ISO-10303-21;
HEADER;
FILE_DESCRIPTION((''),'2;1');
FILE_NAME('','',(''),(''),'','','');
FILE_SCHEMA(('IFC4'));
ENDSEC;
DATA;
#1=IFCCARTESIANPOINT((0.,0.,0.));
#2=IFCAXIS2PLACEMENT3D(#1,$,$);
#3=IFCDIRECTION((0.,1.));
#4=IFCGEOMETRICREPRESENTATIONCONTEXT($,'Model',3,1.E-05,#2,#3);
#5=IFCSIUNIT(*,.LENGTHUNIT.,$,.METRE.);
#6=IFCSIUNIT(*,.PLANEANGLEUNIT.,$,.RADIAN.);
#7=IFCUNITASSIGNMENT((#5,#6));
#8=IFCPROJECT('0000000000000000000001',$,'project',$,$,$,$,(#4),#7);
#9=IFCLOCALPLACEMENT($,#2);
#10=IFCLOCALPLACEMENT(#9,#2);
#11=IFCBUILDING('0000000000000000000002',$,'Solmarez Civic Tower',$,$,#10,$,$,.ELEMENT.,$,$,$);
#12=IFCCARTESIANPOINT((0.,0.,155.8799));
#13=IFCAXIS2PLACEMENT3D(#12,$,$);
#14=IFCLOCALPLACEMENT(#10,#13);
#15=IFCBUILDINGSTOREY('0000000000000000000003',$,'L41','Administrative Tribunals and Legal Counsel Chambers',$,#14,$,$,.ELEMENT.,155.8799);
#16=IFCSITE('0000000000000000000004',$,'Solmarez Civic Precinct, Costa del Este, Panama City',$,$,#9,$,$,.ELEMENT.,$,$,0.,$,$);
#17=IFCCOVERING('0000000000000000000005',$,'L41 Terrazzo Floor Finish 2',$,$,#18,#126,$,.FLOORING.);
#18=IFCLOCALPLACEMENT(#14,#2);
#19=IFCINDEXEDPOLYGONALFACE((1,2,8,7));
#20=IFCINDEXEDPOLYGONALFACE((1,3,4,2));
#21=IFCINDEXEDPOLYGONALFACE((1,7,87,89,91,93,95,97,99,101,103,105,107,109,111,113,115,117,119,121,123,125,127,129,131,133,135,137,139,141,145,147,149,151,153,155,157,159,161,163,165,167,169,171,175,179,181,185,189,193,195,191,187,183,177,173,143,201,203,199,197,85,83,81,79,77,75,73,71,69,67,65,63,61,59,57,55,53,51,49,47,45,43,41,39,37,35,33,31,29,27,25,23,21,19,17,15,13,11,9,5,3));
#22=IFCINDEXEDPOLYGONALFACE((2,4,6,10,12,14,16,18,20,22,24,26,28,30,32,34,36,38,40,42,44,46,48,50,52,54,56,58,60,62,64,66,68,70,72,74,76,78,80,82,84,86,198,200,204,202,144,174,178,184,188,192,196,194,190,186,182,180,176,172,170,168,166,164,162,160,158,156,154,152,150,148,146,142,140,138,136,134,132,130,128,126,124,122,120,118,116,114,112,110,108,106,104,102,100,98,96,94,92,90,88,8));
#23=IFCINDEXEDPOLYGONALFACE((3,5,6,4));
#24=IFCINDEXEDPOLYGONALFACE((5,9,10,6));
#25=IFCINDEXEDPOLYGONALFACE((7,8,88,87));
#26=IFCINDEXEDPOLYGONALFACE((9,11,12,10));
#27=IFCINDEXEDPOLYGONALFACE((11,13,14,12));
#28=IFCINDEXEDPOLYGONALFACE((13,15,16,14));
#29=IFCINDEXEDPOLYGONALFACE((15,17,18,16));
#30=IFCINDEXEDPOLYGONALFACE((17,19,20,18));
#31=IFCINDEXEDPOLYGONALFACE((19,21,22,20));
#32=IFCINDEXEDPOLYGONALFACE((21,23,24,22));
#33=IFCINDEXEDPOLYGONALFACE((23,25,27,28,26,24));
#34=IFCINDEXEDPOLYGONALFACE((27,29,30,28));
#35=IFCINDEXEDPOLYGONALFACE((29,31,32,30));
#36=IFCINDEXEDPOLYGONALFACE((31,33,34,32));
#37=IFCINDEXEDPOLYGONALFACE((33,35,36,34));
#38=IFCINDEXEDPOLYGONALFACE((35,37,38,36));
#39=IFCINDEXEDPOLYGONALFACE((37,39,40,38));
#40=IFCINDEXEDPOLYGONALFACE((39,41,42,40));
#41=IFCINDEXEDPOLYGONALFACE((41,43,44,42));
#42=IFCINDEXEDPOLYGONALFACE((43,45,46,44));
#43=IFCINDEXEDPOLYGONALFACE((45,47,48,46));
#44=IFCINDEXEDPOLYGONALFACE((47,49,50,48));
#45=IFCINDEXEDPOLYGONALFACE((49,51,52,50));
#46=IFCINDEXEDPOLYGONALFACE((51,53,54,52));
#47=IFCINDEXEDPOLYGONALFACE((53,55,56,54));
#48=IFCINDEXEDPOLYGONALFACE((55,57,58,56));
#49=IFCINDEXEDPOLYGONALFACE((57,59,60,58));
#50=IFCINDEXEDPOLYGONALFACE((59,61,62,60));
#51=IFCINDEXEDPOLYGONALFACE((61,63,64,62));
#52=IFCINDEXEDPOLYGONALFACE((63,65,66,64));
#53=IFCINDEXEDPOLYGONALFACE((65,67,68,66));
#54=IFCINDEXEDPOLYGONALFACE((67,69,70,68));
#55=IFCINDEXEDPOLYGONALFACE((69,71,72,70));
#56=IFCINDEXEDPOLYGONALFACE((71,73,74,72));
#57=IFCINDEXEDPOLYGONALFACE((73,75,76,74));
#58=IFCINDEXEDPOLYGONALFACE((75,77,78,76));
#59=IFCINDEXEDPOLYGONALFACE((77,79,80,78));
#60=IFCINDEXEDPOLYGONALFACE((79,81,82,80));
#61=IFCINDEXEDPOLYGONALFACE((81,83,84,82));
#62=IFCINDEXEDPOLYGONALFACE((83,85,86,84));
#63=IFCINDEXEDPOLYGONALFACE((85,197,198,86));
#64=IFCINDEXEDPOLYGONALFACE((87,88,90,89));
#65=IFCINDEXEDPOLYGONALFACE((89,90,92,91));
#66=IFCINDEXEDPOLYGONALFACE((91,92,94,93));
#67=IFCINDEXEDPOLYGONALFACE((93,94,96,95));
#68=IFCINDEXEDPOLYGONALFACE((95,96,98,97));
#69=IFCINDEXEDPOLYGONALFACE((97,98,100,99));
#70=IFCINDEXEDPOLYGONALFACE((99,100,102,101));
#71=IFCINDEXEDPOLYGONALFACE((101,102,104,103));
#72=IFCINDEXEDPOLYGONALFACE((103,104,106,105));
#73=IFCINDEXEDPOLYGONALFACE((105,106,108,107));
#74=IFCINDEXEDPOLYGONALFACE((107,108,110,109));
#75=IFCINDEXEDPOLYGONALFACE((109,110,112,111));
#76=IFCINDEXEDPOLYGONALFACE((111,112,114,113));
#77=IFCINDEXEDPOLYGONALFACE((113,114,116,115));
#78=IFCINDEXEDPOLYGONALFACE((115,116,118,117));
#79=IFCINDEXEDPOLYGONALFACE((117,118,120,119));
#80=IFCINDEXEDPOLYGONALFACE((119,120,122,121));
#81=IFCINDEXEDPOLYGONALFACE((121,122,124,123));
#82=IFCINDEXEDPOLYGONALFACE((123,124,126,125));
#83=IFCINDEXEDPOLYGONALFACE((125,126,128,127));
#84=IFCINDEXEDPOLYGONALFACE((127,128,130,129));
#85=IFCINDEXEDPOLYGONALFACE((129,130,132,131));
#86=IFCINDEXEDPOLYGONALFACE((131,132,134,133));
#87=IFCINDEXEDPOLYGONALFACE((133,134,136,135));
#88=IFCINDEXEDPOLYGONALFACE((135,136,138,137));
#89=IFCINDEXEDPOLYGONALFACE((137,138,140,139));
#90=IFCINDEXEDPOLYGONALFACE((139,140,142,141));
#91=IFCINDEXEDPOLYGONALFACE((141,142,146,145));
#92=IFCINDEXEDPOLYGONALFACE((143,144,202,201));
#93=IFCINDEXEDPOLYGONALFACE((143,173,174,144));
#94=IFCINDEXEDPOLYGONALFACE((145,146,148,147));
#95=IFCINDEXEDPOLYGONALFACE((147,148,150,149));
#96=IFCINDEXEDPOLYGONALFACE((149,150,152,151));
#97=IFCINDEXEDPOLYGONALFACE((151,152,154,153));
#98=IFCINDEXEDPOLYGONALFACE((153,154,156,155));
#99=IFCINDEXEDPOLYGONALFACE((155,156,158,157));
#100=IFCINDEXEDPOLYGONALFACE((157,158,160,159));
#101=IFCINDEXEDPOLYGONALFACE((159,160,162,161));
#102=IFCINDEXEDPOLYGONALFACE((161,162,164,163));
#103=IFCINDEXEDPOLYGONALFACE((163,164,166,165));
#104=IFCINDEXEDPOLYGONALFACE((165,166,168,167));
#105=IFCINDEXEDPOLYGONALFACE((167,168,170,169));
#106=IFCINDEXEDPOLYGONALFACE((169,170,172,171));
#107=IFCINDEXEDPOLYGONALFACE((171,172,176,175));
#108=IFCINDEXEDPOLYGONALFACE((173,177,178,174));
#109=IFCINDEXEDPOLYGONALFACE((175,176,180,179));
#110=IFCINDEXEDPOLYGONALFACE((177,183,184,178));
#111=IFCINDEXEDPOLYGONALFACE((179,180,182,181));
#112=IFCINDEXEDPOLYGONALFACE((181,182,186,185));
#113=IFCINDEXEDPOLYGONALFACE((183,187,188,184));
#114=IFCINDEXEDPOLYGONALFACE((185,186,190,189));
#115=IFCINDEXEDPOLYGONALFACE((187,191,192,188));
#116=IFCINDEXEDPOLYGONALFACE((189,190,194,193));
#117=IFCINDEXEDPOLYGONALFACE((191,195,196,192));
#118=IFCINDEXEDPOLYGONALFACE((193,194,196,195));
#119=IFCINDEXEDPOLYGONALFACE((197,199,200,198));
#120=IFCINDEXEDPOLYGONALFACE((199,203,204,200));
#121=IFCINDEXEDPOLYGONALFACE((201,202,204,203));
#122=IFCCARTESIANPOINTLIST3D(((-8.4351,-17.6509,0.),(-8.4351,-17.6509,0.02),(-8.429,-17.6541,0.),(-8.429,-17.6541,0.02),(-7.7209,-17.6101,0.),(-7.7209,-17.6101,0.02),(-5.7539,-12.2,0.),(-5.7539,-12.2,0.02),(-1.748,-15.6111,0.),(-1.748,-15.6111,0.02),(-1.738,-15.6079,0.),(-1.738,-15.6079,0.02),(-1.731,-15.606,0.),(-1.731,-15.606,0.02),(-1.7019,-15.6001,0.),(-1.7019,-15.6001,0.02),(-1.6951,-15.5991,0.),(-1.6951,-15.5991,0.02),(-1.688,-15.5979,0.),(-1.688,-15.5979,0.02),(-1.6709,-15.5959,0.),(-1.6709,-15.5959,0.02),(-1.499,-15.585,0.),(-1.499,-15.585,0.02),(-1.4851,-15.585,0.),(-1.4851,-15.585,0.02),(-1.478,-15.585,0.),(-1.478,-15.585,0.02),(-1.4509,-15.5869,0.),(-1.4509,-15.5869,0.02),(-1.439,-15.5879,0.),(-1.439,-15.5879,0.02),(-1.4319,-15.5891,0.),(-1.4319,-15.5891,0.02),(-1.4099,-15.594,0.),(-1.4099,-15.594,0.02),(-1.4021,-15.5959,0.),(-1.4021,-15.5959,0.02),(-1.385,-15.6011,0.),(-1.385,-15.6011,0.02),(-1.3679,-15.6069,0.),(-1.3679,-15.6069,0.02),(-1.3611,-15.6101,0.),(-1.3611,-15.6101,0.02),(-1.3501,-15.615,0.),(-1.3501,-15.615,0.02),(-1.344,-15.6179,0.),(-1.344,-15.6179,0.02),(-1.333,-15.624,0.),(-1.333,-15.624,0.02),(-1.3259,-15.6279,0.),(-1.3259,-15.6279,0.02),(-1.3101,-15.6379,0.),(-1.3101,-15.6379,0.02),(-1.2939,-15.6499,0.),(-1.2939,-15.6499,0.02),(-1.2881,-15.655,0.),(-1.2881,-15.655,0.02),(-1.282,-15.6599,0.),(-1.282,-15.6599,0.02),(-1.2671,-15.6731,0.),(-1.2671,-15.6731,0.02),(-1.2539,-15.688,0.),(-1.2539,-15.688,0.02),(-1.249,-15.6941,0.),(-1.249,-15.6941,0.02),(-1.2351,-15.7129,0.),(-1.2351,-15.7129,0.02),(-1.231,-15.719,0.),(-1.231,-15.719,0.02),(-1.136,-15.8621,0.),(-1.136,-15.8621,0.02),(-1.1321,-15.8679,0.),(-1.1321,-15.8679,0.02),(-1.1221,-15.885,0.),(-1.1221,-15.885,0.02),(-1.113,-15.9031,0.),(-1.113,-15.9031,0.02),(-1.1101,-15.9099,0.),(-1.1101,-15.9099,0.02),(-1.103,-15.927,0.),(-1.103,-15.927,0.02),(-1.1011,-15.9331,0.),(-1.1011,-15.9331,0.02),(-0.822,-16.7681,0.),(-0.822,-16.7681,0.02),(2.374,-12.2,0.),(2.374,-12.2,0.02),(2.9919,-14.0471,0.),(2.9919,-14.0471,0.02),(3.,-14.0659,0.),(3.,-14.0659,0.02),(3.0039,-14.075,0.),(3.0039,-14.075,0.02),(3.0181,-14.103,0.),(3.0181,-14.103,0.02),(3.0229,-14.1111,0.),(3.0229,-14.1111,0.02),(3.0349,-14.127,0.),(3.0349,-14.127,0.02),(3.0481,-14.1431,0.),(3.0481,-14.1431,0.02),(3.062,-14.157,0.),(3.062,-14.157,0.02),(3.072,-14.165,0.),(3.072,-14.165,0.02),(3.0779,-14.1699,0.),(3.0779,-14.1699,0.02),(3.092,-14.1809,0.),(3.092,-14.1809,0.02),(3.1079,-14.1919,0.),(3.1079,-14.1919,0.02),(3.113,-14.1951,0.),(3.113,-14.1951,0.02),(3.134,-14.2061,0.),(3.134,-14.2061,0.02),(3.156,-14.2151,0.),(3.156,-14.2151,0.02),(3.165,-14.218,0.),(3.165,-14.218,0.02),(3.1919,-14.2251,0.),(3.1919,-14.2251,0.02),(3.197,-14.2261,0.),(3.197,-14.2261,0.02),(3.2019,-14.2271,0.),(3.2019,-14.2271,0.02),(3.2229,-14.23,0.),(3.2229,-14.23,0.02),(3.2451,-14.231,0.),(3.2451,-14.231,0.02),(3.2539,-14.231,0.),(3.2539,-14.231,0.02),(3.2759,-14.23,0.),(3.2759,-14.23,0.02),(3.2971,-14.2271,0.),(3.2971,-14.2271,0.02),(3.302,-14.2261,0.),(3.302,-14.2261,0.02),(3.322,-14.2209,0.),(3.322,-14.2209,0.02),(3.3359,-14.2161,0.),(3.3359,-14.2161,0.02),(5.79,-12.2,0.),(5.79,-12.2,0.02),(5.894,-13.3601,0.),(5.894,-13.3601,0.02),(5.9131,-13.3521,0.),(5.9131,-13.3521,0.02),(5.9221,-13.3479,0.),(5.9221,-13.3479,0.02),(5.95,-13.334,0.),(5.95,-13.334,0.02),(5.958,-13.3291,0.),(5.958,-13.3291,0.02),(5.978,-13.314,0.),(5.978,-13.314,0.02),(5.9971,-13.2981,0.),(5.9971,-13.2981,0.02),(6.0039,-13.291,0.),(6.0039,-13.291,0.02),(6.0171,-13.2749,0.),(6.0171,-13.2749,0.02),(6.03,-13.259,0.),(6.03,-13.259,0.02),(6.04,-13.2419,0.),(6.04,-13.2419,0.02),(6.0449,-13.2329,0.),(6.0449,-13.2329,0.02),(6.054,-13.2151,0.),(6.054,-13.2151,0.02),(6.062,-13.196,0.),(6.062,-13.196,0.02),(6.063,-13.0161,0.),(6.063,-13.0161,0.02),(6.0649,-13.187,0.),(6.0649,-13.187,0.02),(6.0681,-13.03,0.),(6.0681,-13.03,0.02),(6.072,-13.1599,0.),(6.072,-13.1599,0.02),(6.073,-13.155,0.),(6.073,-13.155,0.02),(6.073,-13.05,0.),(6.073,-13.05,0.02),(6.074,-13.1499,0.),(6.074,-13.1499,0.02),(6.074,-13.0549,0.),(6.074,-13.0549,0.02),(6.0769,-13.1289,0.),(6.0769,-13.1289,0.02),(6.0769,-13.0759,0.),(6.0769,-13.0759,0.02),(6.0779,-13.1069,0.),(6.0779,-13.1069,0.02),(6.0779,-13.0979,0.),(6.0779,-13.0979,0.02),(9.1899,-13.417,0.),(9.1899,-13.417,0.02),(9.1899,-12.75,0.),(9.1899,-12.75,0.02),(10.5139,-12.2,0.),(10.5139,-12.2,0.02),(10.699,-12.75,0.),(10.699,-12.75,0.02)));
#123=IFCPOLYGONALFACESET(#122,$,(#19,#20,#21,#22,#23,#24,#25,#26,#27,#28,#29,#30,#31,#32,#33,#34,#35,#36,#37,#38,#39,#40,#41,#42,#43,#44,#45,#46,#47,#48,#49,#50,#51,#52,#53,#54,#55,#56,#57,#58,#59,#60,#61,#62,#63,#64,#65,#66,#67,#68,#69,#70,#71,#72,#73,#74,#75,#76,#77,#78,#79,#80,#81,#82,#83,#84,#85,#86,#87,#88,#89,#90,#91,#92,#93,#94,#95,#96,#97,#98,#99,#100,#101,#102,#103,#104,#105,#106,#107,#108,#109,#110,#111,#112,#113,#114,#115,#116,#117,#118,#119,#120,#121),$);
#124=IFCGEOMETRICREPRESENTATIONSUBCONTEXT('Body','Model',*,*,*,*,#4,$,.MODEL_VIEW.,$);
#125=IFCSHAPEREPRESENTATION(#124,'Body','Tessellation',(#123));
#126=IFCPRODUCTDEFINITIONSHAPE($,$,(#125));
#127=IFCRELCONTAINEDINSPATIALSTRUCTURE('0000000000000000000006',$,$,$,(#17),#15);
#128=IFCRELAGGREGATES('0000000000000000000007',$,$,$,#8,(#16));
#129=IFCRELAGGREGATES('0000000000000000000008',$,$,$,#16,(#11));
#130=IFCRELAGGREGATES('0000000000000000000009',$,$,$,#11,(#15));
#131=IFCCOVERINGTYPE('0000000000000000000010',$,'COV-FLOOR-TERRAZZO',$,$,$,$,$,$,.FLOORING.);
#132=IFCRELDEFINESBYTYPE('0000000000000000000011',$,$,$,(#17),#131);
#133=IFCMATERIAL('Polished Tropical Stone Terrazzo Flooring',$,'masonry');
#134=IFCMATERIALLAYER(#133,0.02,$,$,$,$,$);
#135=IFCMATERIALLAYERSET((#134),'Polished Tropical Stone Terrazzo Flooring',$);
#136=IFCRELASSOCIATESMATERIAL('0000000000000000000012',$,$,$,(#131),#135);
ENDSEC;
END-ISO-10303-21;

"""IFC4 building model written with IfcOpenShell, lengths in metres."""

from ifc_helpers import new_model, si_unit, direction, frame, origin, place, context, subcontext, project, spatial, polyline, outline, extrude, material, layer, layer_set, type_object, element, save


model = new_model("IFC4")

# Units and contexts
model_context = context("Model", 3, precision=1e-05, world=origin(), true_north=direction((0.0, 1.0)))
body_context = subcontext(model_context, "Body", "Model", "MODEL_VIEW")
ifc_project = project(units=[si_unit("LENGTHUNIT", "METRE"), si_unit("PLANEANGLEUNIT", "RADIAN")], contexts=[model_context])

# Site, building, storey
site_placement = place(None, origin())
site = spatial("IfcSite", under=ifc_project, at=site_placement, Name="Solmarez Civic Precinct, Costa del Este, Panama City", CompositionType="ELEMENT", RefElevation=0.0)
building_placement = place(site_placement, origin())
building = spatial("IfcBuilding", under=site, at=building_placement, Name="Solmarez Civic Tower", CompositionType="ELEMENT")
storey_placement = place(building_placement, frame((0.0, 0.0, 155.8799)))
storey = spatial("IfcBuildingStorey", under=building, at=storey_placement, Name="L41", Description="Administrative Tribunals and Legal Counsel Chambers", CompositionType="ELEMENT", Elevation=155.8799)

# Covering
ifc_material_1 = material(Name="Polished Tropical Stone Terrazzo Flooring", Category="masonry")
ifc_layer_1 = layer(ifc_material_1, 0.02)
ifc_layer_set_1 = layer_set([ifc_layer_1], Name="Polished Tropical Stone Terrazzo Flooring")
covering_type_1 = type_object("IfcCoveringType", Name="COV-FLOOR-TERRAZZO", PredefinedType="FLOORING", material=ifc_layer_set_1)
covering_1_placement = place(storey_placement, origin())
element("IfcCovering", 1, at=covering_1_placement, inside=storey, type_object=covering_type_1, Name="L41 Terrazzo Floor Finish 2", PredefinedType="FLOORING", context=body_context, shape_type="SweptSolid", body=[
    extrude(outline(polyline([(3.072, -14.165), (3.062, -14.157), (3.0481, -14.1431), (3.0349, -14.127), (3.0229, -14.1111), (3.0181, -14.103), (3.0039, -14.075), (3.0, -14.0659), (2.9919, -14.0471), (2.374, -12.2), (-5.7539, -12.2), (-8.4351, -17.6509), (-8.429, -17.6541), (-7.7209, -17.6101), (-1.748, -15.6111), (-1.738, -15.6079), (-1.731, -15.606), (-1.7019, -15.6001), (-1.6951, -15.5991), (-1.688, -15.5979), (-1.6709, -15.5959), (-1.499, -15.585), (-1.4851, -15.585), (-1.478, -15.585), (-1.4509, -15.5869), (-1.439, -15.5879), (-1.4319, -15.5891), (-1.4099, -15.594), (-1.4021, -15.5959), (-1.385, -15.6011), (-1.3679, -15.6069), (-1.3611, -15.6101), (-1.3501, -15.615), (-1.344, -15.6179), (-1.333, -15.624), (-1.3259, -15.6279), (-1.3101, -15.6379), (-1.2939, -15.6499), (-1.2881, -15.655), (-1.282, -15.6599), (-1.2671, -15.6731), (-1.2539, -15.688), (-1.249, -15.6941), (-1.2351, -15.7129), (-1.231, -15.719), (-1.136, -15.8621), (-1.1321, -15.8679), (-1.1221, -15.885), (-1.113, -15.9031), (-1.1101, -15.9099), (-1.103, -15.927), (-1.1011, -15.9331), (-0.822, -16.7681), (9.1899, -13.417), (9.1899, -12.75), (10.699, -12.75), (10.5139, -12.2), (5.79, -12.2), (6.063, -13.0161), (6.0681, -13.03), (6.073, -13.05), (6.074, -13.0549), (6.0769, -13.0759), (6.0779, -13.0979), (6.0779, -13.1069), (6.0769, -13.1289), (6.074, -13.1499), (6.073, -13.155), (6.072, -13.1599), (6.0649, -13.187), (6.062, -13.196), (6.054, -13.2151), (6.0449, -13.2329), (6.04, -13.2419), (6.03, -13.259), (6.0171, -13.2749), (6.0039, -13.291), (5.9971, -13.2981), (5.978, -13.314), (5.958, -13.3291), (5.95, -13.334), (5.9221, -13.3479), (5.9131, -13.3521), (5.894, -13.3601), (3.3359, -14.2161), (3.322, -14.2209), (3.302, -14.2261), (3.2971, -14.2271), (3.2759, -14.23), (3.2539, -14.231), (3.2451, -14.231), (3.2229, -14.23), (3.2019, -14.2271), (3.197, -14.2261), (3.1919, -14.2251), (3.165, -14.218), (3.156, -14.2151), (3.134, -14.2061), (3.113, -14.1951), (3.1079, -14.1919), (3.092, -14.1809), (3.0779, -14.1699), (3.072, -14.165)])), origin(), (0.0, 0.0, 1.0), 0.02),
])

save(model, "model.ifc")
